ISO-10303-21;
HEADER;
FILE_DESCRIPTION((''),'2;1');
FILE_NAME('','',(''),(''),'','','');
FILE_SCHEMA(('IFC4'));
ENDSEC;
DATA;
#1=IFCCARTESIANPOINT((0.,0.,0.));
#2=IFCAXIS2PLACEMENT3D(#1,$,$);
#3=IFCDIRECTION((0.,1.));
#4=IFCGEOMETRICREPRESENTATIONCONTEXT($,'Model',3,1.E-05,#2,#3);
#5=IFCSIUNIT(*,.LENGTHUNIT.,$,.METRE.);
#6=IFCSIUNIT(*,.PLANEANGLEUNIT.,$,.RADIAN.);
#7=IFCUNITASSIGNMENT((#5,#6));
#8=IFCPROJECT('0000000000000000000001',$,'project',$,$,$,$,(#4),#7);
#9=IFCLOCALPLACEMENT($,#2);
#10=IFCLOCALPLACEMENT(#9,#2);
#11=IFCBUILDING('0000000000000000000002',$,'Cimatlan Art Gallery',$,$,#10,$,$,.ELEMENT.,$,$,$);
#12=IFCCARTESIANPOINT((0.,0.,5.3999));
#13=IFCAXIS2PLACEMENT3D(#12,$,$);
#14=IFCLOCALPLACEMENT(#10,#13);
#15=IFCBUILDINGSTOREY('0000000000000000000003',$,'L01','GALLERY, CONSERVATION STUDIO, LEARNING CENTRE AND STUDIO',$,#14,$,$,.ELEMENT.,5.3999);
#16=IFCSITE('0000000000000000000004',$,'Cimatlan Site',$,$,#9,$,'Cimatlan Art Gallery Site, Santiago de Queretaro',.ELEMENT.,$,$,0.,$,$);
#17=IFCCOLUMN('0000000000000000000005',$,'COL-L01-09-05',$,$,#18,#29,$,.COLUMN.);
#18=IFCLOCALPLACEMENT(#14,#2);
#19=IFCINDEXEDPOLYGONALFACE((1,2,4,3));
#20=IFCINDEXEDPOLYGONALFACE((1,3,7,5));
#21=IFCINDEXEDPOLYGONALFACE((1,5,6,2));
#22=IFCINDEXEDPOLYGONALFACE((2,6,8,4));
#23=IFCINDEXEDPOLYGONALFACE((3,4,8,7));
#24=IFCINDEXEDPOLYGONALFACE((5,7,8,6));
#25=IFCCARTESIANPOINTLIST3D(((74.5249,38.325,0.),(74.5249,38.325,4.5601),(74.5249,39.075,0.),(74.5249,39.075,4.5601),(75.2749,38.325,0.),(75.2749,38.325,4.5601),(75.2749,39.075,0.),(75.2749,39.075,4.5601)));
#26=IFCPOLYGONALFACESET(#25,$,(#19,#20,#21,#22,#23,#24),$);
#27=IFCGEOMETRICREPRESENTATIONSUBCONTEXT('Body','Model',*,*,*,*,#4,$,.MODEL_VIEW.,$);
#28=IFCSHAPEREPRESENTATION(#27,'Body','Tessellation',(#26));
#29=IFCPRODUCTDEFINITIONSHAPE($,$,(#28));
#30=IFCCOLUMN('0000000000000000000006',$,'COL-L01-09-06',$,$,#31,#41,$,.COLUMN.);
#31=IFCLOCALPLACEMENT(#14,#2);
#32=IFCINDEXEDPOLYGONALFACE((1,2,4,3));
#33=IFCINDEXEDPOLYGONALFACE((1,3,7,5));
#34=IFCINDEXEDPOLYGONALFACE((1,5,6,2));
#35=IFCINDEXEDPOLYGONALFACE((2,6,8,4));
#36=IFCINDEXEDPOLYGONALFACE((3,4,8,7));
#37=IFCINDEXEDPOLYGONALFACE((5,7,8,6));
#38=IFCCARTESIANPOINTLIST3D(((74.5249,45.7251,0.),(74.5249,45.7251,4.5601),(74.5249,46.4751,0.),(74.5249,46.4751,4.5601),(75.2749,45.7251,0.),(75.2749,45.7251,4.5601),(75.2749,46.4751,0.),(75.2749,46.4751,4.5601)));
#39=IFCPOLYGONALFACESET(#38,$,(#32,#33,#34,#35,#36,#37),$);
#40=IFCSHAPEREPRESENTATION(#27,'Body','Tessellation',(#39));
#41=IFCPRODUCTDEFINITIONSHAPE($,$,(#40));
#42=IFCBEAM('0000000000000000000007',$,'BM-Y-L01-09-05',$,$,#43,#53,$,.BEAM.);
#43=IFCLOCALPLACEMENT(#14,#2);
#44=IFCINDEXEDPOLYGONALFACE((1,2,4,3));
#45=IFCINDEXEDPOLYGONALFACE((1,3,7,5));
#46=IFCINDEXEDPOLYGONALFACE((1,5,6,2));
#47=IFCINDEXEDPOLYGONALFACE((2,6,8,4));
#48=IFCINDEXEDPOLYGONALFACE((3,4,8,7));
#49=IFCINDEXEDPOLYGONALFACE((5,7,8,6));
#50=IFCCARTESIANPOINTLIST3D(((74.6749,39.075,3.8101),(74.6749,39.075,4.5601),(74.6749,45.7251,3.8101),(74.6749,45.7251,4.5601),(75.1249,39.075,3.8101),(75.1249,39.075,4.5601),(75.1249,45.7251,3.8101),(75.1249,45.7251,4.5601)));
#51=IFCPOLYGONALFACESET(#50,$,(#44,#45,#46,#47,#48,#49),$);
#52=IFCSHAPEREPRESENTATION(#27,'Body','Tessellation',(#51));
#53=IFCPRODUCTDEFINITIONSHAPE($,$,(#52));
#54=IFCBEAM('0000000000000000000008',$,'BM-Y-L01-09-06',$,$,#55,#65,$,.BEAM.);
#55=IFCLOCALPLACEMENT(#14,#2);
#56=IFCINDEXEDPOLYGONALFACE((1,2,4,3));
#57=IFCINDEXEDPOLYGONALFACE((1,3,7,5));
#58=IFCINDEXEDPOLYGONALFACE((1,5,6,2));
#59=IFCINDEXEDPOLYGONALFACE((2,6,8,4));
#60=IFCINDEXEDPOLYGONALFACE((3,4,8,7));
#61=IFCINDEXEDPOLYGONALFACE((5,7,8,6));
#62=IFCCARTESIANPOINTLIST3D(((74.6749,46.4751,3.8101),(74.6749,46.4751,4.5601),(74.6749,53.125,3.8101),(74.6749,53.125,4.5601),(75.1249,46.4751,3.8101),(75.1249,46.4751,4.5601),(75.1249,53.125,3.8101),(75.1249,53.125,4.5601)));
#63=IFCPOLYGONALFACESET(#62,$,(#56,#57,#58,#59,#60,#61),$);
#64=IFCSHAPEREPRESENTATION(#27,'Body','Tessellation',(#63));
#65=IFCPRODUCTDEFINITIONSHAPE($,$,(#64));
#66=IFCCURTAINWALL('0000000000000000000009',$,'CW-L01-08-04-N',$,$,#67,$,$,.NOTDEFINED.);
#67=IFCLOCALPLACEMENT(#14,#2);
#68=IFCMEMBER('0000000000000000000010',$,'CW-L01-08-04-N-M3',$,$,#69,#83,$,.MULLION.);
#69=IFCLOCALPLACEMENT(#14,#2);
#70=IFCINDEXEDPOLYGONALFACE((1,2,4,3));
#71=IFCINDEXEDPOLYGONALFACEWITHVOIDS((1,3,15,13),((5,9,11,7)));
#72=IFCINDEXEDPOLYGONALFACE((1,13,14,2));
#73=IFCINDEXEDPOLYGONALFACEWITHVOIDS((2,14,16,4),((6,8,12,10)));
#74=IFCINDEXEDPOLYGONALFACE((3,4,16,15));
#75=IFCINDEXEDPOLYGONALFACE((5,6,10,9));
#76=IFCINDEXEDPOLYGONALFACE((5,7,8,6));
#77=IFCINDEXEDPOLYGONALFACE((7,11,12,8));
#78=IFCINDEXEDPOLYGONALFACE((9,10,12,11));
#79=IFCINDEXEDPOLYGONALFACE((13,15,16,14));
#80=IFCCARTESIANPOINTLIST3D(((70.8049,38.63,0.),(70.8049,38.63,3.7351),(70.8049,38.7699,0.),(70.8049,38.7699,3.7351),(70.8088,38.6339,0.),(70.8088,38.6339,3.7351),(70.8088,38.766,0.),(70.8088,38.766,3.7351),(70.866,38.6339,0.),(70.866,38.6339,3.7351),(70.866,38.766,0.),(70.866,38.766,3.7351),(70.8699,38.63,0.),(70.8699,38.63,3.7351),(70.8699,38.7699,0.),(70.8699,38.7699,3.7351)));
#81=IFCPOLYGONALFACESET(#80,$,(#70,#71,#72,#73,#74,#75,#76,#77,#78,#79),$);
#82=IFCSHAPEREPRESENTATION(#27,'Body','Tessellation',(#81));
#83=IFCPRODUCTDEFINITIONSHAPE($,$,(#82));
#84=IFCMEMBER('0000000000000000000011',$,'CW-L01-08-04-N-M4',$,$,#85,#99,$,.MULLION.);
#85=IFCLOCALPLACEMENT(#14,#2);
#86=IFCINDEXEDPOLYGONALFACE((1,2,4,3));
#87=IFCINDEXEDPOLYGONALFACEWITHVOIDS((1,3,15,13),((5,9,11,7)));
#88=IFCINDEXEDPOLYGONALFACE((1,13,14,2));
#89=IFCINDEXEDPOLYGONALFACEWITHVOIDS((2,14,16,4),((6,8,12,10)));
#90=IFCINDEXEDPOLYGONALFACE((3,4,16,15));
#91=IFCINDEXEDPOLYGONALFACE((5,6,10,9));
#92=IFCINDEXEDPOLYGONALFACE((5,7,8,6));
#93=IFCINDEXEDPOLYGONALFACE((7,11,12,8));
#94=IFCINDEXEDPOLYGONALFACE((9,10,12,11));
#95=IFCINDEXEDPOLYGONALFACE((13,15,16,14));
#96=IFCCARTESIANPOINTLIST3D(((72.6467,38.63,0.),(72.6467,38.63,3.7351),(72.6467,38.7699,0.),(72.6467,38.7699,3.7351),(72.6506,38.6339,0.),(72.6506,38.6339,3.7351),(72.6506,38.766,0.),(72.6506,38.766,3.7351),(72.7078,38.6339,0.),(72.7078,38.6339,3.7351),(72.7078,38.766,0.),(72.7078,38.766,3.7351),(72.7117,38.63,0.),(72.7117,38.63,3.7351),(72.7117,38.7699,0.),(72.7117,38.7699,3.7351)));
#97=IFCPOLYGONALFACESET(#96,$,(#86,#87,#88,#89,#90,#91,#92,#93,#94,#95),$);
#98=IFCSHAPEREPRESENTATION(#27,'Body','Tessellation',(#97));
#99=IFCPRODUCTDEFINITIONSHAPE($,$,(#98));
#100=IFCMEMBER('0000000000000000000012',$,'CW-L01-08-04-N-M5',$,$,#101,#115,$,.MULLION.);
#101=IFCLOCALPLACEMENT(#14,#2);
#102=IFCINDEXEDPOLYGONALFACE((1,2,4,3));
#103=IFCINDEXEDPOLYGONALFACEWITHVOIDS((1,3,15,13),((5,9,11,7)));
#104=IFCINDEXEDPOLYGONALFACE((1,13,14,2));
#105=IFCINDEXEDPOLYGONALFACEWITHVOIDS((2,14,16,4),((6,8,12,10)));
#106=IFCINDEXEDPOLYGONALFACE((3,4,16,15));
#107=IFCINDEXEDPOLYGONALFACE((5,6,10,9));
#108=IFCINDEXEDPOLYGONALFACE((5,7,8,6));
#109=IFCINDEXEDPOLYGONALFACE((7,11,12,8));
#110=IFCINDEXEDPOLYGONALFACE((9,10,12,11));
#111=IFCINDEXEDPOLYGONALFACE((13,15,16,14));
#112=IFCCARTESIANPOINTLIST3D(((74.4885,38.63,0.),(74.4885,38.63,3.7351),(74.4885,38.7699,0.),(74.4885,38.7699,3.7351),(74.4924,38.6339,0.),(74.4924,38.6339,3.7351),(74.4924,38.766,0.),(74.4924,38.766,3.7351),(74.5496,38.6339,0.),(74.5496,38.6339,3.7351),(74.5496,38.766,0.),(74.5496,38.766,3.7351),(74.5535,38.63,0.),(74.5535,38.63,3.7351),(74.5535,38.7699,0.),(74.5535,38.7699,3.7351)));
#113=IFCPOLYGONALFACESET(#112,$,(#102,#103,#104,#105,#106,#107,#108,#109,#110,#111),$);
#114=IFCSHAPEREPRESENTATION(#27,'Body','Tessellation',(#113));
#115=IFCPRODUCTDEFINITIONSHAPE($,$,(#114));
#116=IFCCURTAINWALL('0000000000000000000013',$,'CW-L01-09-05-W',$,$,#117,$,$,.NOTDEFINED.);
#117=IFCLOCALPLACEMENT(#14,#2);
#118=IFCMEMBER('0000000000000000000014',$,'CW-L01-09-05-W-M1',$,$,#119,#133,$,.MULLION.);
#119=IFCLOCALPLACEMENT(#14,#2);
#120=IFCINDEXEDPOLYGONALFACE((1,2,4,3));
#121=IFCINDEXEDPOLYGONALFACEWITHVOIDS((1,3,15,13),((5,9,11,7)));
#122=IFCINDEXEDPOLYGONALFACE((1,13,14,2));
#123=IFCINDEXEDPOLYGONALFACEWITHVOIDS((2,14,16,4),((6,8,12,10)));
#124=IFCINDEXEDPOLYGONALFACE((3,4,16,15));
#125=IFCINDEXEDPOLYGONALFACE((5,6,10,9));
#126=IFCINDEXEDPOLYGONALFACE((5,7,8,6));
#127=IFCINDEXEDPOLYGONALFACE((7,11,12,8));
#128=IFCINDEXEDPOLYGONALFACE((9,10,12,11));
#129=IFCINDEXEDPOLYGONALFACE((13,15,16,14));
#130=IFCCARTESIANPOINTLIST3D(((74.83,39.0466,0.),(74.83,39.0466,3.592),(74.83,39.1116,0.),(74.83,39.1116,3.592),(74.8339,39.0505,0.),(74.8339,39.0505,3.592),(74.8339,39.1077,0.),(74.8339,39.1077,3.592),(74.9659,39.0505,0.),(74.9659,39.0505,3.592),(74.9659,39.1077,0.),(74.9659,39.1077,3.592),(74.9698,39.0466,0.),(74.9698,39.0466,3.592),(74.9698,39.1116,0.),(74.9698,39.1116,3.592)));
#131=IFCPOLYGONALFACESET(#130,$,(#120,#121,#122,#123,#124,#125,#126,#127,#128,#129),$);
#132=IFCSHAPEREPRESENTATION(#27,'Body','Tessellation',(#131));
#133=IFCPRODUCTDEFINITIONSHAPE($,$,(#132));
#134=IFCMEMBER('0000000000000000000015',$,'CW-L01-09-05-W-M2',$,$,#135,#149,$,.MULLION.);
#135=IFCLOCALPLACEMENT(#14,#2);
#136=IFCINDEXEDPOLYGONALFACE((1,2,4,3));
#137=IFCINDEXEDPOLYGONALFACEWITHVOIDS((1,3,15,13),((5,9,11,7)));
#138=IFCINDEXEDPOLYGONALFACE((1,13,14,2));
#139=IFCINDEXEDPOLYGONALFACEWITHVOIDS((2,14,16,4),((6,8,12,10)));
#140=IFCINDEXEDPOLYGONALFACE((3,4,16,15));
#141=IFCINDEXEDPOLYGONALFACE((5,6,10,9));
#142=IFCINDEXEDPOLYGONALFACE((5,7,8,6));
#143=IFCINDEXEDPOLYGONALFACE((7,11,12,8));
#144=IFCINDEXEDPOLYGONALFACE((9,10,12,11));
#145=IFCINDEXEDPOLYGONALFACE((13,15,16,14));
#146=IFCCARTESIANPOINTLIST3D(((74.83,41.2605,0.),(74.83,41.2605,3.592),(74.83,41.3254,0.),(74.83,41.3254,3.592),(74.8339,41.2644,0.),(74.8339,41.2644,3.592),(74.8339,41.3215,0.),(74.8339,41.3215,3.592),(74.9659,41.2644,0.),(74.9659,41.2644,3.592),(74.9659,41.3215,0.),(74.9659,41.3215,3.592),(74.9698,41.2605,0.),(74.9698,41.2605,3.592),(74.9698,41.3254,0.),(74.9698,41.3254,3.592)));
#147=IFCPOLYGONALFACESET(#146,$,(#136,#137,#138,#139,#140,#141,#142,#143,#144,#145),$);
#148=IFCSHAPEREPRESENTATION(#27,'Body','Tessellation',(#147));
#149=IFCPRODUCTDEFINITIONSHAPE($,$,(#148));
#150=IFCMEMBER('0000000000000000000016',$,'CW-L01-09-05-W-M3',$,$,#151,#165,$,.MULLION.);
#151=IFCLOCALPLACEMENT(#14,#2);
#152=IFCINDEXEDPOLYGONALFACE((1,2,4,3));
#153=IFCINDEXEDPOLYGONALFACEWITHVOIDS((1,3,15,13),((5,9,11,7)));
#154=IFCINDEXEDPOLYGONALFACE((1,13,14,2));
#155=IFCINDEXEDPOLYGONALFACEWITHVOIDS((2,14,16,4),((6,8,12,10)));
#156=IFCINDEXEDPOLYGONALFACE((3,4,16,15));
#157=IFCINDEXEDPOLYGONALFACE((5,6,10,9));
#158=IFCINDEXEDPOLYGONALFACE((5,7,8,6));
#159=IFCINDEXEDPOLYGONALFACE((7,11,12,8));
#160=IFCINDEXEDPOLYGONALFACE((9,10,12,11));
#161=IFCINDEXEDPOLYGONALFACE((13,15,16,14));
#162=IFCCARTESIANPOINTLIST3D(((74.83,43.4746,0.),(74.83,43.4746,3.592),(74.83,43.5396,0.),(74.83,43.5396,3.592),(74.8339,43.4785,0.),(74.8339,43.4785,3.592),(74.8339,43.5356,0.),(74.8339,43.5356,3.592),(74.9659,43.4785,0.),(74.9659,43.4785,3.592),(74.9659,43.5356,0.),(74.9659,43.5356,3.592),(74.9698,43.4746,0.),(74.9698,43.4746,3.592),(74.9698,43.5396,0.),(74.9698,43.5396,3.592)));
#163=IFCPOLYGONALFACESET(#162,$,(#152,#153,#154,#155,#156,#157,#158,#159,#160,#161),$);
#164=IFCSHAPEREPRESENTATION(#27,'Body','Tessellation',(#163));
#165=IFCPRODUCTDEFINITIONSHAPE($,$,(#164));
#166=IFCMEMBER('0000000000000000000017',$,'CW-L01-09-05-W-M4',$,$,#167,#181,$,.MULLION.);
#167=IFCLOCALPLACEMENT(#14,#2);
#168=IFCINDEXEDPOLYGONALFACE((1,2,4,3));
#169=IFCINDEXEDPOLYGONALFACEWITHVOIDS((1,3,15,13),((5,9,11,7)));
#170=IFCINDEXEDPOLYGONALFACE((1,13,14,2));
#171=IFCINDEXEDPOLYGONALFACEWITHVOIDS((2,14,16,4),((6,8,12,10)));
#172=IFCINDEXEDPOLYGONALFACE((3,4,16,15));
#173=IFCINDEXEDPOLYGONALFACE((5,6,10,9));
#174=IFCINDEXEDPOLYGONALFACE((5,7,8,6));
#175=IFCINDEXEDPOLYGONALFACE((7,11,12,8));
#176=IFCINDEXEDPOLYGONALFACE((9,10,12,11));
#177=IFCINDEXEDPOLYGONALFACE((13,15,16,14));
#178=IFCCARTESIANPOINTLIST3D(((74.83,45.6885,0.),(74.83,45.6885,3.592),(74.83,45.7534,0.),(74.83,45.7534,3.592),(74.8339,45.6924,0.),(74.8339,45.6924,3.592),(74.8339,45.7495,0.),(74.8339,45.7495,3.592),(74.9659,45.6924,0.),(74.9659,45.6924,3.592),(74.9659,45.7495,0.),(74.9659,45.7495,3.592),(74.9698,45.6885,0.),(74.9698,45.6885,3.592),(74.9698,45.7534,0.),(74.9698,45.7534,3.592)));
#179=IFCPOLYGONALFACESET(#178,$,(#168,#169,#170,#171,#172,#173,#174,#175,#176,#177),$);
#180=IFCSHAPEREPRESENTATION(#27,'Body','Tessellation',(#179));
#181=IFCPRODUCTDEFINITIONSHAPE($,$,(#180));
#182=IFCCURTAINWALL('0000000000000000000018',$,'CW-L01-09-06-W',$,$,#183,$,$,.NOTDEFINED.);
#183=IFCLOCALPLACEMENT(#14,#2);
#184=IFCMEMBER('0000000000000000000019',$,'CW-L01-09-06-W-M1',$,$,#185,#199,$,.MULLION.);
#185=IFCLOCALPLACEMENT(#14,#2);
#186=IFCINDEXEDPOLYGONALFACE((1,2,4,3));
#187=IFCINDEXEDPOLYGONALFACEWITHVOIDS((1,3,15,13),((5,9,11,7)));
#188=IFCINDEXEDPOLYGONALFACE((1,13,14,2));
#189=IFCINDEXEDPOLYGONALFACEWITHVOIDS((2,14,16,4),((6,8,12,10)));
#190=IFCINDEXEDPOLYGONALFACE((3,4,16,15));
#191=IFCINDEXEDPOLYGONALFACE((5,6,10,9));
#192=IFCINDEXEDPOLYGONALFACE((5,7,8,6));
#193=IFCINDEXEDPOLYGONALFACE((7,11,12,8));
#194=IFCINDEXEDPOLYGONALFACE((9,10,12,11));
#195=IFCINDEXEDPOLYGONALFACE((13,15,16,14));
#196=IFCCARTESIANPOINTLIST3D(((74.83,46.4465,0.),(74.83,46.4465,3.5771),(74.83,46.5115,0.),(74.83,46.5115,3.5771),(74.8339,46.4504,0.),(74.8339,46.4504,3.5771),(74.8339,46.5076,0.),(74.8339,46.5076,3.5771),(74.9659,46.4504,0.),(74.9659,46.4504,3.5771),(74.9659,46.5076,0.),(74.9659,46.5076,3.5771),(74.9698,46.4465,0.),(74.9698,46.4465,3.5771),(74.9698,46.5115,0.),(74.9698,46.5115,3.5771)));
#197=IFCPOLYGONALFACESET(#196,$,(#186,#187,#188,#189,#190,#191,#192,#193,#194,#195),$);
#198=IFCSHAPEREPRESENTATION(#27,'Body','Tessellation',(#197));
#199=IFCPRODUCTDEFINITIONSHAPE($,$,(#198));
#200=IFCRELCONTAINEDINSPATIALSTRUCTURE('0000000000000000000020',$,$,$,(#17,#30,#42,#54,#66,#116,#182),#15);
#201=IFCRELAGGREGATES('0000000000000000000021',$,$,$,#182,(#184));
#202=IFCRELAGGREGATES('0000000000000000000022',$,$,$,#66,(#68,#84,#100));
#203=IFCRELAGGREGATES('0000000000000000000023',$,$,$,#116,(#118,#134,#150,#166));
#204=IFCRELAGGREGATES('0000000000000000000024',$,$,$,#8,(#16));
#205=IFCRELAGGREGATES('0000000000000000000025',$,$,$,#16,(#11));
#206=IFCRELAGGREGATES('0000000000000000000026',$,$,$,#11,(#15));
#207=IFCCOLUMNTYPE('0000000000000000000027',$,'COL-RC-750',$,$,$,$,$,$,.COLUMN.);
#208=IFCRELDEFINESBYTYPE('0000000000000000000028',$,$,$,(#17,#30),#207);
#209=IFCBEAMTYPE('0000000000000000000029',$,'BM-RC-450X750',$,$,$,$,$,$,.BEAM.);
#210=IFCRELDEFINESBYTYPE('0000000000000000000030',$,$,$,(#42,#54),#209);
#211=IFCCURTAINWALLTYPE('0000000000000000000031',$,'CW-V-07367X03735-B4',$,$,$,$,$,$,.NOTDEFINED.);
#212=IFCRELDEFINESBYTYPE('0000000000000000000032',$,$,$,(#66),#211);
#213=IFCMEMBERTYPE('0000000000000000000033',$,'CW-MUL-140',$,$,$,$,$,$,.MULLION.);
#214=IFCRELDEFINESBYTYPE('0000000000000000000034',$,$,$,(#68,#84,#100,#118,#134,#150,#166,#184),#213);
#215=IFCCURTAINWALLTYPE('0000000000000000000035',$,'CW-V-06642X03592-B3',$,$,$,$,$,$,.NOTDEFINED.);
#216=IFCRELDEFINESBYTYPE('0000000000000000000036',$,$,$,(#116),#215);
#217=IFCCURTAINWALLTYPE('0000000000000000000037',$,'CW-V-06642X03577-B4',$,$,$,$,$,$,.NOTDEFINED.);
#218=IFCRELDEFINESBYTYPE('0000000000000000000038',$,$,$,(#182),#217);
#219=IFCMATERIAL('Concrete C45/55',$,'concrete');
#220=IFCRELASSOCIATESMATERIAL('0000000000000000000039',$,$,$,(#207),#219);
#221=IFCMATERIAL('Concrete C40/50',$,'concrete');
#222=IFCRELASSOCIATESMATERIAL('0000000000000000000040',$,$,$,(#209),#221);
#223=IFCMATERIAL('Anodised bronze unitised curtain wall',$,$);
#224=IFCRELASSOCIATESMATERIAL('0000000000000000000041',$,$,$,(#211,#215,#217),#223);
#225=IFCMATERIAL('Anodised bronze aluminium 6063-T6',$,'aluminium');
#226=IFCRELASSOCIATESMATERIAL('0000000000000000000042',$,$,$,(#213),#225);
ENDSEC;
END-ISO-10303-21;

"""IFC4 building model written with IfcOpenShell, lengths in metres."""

from ifc_helpers import new_model, si_unit, direction, frame, origin, origin_2d, place, context, subcontext, project, spatial, rectangle, hollow_rectangle, extrude, material, material_profile, profile_set, type_object, element, aggregate, save


model = new_model("IFC4")

# Units and contexts
model_context = context("Model", 3, precision=1e-05, world=origin(), true_north=direction((0.0, 1.0)))
body_context = subcontext(model_context, "Body", "Model", "MODEL_VIEW")
ifc_project = project(units=[si_unit("LENGTHUNIT", "METRE"), si_unit("PLANEANGLEUNIT", "RADIAN")], contexts=[model_context])

# Site, building, storey
site_placement = place(None, origin())
site = spatial("IfcSite", under=ifc_project, at=site_placement, Name="Cimatlan Site", LongName="Cimatlan Art Gallery Site, Santiago de Queretaro", CompositionType="ELEMENT", RefElevation=0.0)
building_placement = place(site_placement, origin())
building = spatial("IfcBuilding", under=site, at=building_placement, Name="Cimatlan Art Gallery", CompositionType="ELEMENT")
storey_placement = place(building_placement, frame((0.0, 0.0, 5.3999)))
storey = spatial("IfcBuildingStorey", under=building, at=storey_placement, Name="L01", Description="GALLERY, CONSERVATION STUDIO, LEARNING CENTRE AND STUDIO", CompositionType="ELEMENT", Elevation=5.3999)

# Columns
ifc_material_1 = material(Name="Concrete C45/55", Category="concrete")
ifc_material_profile_1 = material_profile(ifc_material_1, rectangle(XDim=0.75, YDim=0.75, at=origin_2d()), Name="RC750X750")
ifc_profile_set_1 = profile_set([ifc_material_profile_1], Name="Concrete C45/55")
column_type = type_object("IfcColumnType", Name="COL-RC-750", PredefinedType="COLUMN", material=ifc_profile_set_1)
for number, where, z_axis, x_axis, name in (
    (1, (74.8999, 38.7, 0.0), (0.0, 0.0, 1.0), (1.0, 0.0, 0.0), "COL-L01-09-05"),
    (2, (74.8999, 46.1001, 0.0), (0.0, 0.0, 1.0), (1.0, 0.0, 0.0), "COL-L01-09-06"),
):
    element("IfcColumn", number, at=place(storey_placement, frame(where, z_axis=z_axis, x_axis=x_axis)), inside=storey, type_object=column_type, Name=name, PredefinedType="COLUMN", context=body_context, shape_type="SweptSolid", body=[
        extrude(rectangle(XDim=0.75, YDim=0.75, at=origin_2d()), origin(), (0.0, 0.0, 1.0), 4.5601),
    ])

# Beams
ifc_material_2 = material(Name="Concrete C40/50", Category="concrete")
ifc_material_profile_2 = material_profile(ifc_material_2, rectangle(XDim=0.45, YDim=0.75, at=origin_2d()), Name="RC450X750")
ifc_profile_set_2 = profile_set([ifc_material_profile_2], Name="Concrete C40/50")
beam_type = type_object("IfcBeamType", Name="BM-RC-450X750", PredefinedType="BEAM", material=ifc_profile_set_2)
beam_1_placement = place(storey_placement, frame((74.8999, 39.075, 4.1851), z_axis=(0.0, 1.0, 0.0), x_axis=(-1.0, 0.0, 0.0)))
element("IfcBeam", 3, at=beam_1_placement, inside=storey, type_object=beam_type, Name="BM-Y-L01-09-05", PredefinedType="BEAM", context=body_context, shape_type="SweptSolid", body=[
    extrude(rectangle(XDim=0.45, YDim=0.75, at=origin_2d()), origin(), (0.0, 0.0, 1.0), 6.6501),
])
beam_2_placement = place(storey_placement, frame((74.8999, 46.4751, 4.1851), z_axis=(0.0, 1.0, 0.0), x_axis=(-1.0, 0.0, 0.0)))
element("IfcBeam", 4, at=beam_2_placement, inside=storey, type_object=beam_type, Name="BM-Y-L01-09-06", PredefinedType="BEAM", context=body_context, shape_type="SweptSolid", body=[
    extrude(rectangle(XDim=0.45, YDim=0.75, at=origin_2d()), origin(), (0.0, 0.0, 1.0), 6.6499),
])

# Curtain walls, members
ifc_material_3 = material(Name="Anodised bronze unitised curtain wall")
curtain_wall_type_1 = type_object("IfcCurtainWallType", Name="CW-V-07367X03735-B4", PredefinedType="NOTDEFINED", material=ifc_material_3)
curtain_wall_1_placement = place(storey_placement, origin())
curtain_wall_1 = element("IfcCurtainWall", 5, at=curtain_wall_1_placement, inside=storey, type_object=curtain_wall_type_1, Name="CW-L01-08-04-N", PredefinedType="NOTDEFINED")
ifc_material_4 = material(Name="Anodised bronze aluminium 6063-T6", Category="aluminium")
ifc_material_profile_3 = material_profile(ifc_material_4, hollow_rectangle(XDim=0.0649, YDim=0.1399, WallThickness=0.0039, at=origin_2d()), Name="ALU65X140X4")
ifc_profile_set_3 = profile_set([ifc_material_profile_3], Name="Anodised bronze aluminium 6063-T6")
member_type_1 = type_object("IfcMemberType", Name="CW-MUL-140", PredefinedType="MULLION", material=ifc_profile_set_3)
member_1_placement = place(storey_placement, frame((70.8374, 38.7, 0.0), z_axis=(0.0, 0.0, 1.0), x_axis=(1.0, 0.0, 0.0)))
member_1 = element("IfcMember", 6, at=member_1_placement, type_object=member_type_1, Name="CW-L01-08-04-N-M3", PredefinedType="MULLION", context=body_context, shape_type="SweptSolid", body=[
    extrude(hollow_rectangle(XDim=0.0649, YDim=0.1399, WallThickness=0.0039, at=origin_2d()), origin(), (0.0, 0.0, 1.0), 3.7351),
])
member_2_placement = place(storey_placement, frame((72.6792, 38.7, 0.0), z_axis=(0.0, 0.0, 1.0), x_axis=(1.0, 0.0, 0.0)))
member_2 = element("IfcMember", 7, at=member_2_placement, type_object=member_type_1, Name="CW-L01-08-04-N-M4", PredefinedType="MULLION", context=body_context, shape_type="SweptSolid", body=[
    extrude(hollow_rectangle(XDim=0.0649, YDim=0.1399, WallThickness=0.0039, at=origin_2d()), origin(), (0.0, 0.0, 1.0), 3.7351),
])
member_3_placement = place(storey_placement, frame((74.521, 38.7, 0.0), z_axis=(0.0, 0.0, 1.0), x_axis=(1.0, 0.0, 0.0)))
member_3 = element("IfcMember", 8, at=member_3_placement, type_object=member_type_1, Name="CW-L01-08-04-N-M5", PredefinedType="MULLION", context=body_context, shape_type="SweptSolid", body=[
    extrude(hollow_rectangle(XDim=0.0649, YDim=0.1399, WallThickness=0.0039, at=origin_2d()), origin(), (0.0, 0.0, 1.0), 3.7351),
])
curtain_wall_type_2 = type_object("IfcCurtainWallType", Name="CW-V-06642X03592-B3", PredefinedType="NOTDEFINED", material=ifc_material_3)
curtain_wall_2_placement = place(storey_placement, origin())
curtain_wall_2 = element("IfcCurtainWall", 9, at=curtain_wall_2_placement, inside=storey, type_object=curtain_wall_type_2, Name="CW-L01-09-05-W", PredefinedType="NOTDEFINED")
member_4_placement = place(storey_placement, frame((74.8999, 39.0791, 0.0), z_axis=(0.0, 0.0, 1.0), x_axis=(0.0, 1.0, 0.0)))
member_4 = element("IfcMember", 10, at=member_4_placement, type_object=member_type_1, Name="CW-L01-09-05-W-M1", PredefinedType="MULLION", context=body_context, shape_type="SweptSolid", body=[
    extrude(hollow_rectangle(XDim=0.0649, YDim=0.1399, WallThickness=0.0039, at=origin_2d()), origin(), (0.0, 0.0, 1.0), 3.592),
])
member_5_placement = place(storey_placement, frame((74.8999, 41.293, 0.0), z_axis=(0.0, 0.0, 1.0), x_axis=(0.0, 1.0, 0.0)))
member_5 = element("IfcMember", 11, at=member_5_placement, type_object=member_type_1, Name="CW-L01-09-05-W-M2", PredefinedType="MULLION", context=body_context, shape_type="SweptSolid", body=[
    extrude(hollow_rectangle(XDim=0.0649, YDim=0.1399, WallThickness=0.0039, at=origin_2d()), origin(), (0.0, 0.0, 1.0), 3.592),
])
member_6_placement = place(storey_placement, frame((74.8999, 43.5071, 0.0), z_axis=(0.0, 0.0, 1.0), x_axis=(0.0, 1.0, 0.0)))
member_6 = element("IfcMember", 12, at=member_6_placement, type_object=member_type_1, Name="CW-L01-09-05-W-M3", PredefinedType="MULLION", context=body_context, shape_type="SweptSolid", body=[
    extrude(hollow_rectangle(XDim=0.0649, YDim=0.1399, WallThickness=0.0039, at=origin_2d()), origin(), (0.0, 0.0, 1.0), 3.592),
])
member_7_placement = place(storey_placement, frame((74.8999, 45.7209, 0.0), z_axis=(0.0, 0.0, 1.0), x_axis=(0.0, 1.0, 0.0)))
member_7 = element("IfcMember", 13, at=member_7_placement, type_object=member_type_1, Name="CW-L01-09-05-W-M4", PredefinedType="MULLION", context=body_context, shape_type="SweptSolid", body=[
    extrude(hollow_rectangle(XDim=0.0649, YDim=0.1399, WallThickness=0.0039, at=origin_2d()), origin(), (0.0, 0.0, 1.0), 3.592),
])
curtain_wall_type_3 = type_object("IfcCurtainWallType", Name="CW-V-06642X03577-B4", PredefinedType="NOTDEFINED", material=ifc_material_3)
curtain_wall_3_placement = place(storey_placement, origin())
curtain_wall_3 = element("IfcCurtainWall", 14, at=curtain_wall_3_placement, inside=storey, type_object=curtain_wall_type_3, Name="CW-L01-09-06-W", PredefinedType="NOTDEFINED")
member_8_placement = place(storey_placement, frame((74.8999, 46.479, 0.0), z_axis=(0.0, 0.0, 1.0), x_axis=(0.0, 1.0, 0.0)))
member_8 = element("IfcMember", 15, at=member_8_placement, type_object=member_type_1, Name="CW-L01-09-06-W-M1", PredefinedType="MULLION", context=body_context, shape_type="SweptSolid", body=[
    extrude(hollow_rectangle(XDim=0.0649, YDim=0.1399, WallThickness=0.0039, at=origin_2d()), origin(), (0.0, 0.0, 1.0), 3.5771),
])

aggregate(curtain_wall_3, [member_8])
aggregate(curtain_wall_1, [member_1, member_2, member_3])
aggregate(curtain_wall_2, [member_4, member_5, member_6, member_7])

save(model, "model.ifc")
